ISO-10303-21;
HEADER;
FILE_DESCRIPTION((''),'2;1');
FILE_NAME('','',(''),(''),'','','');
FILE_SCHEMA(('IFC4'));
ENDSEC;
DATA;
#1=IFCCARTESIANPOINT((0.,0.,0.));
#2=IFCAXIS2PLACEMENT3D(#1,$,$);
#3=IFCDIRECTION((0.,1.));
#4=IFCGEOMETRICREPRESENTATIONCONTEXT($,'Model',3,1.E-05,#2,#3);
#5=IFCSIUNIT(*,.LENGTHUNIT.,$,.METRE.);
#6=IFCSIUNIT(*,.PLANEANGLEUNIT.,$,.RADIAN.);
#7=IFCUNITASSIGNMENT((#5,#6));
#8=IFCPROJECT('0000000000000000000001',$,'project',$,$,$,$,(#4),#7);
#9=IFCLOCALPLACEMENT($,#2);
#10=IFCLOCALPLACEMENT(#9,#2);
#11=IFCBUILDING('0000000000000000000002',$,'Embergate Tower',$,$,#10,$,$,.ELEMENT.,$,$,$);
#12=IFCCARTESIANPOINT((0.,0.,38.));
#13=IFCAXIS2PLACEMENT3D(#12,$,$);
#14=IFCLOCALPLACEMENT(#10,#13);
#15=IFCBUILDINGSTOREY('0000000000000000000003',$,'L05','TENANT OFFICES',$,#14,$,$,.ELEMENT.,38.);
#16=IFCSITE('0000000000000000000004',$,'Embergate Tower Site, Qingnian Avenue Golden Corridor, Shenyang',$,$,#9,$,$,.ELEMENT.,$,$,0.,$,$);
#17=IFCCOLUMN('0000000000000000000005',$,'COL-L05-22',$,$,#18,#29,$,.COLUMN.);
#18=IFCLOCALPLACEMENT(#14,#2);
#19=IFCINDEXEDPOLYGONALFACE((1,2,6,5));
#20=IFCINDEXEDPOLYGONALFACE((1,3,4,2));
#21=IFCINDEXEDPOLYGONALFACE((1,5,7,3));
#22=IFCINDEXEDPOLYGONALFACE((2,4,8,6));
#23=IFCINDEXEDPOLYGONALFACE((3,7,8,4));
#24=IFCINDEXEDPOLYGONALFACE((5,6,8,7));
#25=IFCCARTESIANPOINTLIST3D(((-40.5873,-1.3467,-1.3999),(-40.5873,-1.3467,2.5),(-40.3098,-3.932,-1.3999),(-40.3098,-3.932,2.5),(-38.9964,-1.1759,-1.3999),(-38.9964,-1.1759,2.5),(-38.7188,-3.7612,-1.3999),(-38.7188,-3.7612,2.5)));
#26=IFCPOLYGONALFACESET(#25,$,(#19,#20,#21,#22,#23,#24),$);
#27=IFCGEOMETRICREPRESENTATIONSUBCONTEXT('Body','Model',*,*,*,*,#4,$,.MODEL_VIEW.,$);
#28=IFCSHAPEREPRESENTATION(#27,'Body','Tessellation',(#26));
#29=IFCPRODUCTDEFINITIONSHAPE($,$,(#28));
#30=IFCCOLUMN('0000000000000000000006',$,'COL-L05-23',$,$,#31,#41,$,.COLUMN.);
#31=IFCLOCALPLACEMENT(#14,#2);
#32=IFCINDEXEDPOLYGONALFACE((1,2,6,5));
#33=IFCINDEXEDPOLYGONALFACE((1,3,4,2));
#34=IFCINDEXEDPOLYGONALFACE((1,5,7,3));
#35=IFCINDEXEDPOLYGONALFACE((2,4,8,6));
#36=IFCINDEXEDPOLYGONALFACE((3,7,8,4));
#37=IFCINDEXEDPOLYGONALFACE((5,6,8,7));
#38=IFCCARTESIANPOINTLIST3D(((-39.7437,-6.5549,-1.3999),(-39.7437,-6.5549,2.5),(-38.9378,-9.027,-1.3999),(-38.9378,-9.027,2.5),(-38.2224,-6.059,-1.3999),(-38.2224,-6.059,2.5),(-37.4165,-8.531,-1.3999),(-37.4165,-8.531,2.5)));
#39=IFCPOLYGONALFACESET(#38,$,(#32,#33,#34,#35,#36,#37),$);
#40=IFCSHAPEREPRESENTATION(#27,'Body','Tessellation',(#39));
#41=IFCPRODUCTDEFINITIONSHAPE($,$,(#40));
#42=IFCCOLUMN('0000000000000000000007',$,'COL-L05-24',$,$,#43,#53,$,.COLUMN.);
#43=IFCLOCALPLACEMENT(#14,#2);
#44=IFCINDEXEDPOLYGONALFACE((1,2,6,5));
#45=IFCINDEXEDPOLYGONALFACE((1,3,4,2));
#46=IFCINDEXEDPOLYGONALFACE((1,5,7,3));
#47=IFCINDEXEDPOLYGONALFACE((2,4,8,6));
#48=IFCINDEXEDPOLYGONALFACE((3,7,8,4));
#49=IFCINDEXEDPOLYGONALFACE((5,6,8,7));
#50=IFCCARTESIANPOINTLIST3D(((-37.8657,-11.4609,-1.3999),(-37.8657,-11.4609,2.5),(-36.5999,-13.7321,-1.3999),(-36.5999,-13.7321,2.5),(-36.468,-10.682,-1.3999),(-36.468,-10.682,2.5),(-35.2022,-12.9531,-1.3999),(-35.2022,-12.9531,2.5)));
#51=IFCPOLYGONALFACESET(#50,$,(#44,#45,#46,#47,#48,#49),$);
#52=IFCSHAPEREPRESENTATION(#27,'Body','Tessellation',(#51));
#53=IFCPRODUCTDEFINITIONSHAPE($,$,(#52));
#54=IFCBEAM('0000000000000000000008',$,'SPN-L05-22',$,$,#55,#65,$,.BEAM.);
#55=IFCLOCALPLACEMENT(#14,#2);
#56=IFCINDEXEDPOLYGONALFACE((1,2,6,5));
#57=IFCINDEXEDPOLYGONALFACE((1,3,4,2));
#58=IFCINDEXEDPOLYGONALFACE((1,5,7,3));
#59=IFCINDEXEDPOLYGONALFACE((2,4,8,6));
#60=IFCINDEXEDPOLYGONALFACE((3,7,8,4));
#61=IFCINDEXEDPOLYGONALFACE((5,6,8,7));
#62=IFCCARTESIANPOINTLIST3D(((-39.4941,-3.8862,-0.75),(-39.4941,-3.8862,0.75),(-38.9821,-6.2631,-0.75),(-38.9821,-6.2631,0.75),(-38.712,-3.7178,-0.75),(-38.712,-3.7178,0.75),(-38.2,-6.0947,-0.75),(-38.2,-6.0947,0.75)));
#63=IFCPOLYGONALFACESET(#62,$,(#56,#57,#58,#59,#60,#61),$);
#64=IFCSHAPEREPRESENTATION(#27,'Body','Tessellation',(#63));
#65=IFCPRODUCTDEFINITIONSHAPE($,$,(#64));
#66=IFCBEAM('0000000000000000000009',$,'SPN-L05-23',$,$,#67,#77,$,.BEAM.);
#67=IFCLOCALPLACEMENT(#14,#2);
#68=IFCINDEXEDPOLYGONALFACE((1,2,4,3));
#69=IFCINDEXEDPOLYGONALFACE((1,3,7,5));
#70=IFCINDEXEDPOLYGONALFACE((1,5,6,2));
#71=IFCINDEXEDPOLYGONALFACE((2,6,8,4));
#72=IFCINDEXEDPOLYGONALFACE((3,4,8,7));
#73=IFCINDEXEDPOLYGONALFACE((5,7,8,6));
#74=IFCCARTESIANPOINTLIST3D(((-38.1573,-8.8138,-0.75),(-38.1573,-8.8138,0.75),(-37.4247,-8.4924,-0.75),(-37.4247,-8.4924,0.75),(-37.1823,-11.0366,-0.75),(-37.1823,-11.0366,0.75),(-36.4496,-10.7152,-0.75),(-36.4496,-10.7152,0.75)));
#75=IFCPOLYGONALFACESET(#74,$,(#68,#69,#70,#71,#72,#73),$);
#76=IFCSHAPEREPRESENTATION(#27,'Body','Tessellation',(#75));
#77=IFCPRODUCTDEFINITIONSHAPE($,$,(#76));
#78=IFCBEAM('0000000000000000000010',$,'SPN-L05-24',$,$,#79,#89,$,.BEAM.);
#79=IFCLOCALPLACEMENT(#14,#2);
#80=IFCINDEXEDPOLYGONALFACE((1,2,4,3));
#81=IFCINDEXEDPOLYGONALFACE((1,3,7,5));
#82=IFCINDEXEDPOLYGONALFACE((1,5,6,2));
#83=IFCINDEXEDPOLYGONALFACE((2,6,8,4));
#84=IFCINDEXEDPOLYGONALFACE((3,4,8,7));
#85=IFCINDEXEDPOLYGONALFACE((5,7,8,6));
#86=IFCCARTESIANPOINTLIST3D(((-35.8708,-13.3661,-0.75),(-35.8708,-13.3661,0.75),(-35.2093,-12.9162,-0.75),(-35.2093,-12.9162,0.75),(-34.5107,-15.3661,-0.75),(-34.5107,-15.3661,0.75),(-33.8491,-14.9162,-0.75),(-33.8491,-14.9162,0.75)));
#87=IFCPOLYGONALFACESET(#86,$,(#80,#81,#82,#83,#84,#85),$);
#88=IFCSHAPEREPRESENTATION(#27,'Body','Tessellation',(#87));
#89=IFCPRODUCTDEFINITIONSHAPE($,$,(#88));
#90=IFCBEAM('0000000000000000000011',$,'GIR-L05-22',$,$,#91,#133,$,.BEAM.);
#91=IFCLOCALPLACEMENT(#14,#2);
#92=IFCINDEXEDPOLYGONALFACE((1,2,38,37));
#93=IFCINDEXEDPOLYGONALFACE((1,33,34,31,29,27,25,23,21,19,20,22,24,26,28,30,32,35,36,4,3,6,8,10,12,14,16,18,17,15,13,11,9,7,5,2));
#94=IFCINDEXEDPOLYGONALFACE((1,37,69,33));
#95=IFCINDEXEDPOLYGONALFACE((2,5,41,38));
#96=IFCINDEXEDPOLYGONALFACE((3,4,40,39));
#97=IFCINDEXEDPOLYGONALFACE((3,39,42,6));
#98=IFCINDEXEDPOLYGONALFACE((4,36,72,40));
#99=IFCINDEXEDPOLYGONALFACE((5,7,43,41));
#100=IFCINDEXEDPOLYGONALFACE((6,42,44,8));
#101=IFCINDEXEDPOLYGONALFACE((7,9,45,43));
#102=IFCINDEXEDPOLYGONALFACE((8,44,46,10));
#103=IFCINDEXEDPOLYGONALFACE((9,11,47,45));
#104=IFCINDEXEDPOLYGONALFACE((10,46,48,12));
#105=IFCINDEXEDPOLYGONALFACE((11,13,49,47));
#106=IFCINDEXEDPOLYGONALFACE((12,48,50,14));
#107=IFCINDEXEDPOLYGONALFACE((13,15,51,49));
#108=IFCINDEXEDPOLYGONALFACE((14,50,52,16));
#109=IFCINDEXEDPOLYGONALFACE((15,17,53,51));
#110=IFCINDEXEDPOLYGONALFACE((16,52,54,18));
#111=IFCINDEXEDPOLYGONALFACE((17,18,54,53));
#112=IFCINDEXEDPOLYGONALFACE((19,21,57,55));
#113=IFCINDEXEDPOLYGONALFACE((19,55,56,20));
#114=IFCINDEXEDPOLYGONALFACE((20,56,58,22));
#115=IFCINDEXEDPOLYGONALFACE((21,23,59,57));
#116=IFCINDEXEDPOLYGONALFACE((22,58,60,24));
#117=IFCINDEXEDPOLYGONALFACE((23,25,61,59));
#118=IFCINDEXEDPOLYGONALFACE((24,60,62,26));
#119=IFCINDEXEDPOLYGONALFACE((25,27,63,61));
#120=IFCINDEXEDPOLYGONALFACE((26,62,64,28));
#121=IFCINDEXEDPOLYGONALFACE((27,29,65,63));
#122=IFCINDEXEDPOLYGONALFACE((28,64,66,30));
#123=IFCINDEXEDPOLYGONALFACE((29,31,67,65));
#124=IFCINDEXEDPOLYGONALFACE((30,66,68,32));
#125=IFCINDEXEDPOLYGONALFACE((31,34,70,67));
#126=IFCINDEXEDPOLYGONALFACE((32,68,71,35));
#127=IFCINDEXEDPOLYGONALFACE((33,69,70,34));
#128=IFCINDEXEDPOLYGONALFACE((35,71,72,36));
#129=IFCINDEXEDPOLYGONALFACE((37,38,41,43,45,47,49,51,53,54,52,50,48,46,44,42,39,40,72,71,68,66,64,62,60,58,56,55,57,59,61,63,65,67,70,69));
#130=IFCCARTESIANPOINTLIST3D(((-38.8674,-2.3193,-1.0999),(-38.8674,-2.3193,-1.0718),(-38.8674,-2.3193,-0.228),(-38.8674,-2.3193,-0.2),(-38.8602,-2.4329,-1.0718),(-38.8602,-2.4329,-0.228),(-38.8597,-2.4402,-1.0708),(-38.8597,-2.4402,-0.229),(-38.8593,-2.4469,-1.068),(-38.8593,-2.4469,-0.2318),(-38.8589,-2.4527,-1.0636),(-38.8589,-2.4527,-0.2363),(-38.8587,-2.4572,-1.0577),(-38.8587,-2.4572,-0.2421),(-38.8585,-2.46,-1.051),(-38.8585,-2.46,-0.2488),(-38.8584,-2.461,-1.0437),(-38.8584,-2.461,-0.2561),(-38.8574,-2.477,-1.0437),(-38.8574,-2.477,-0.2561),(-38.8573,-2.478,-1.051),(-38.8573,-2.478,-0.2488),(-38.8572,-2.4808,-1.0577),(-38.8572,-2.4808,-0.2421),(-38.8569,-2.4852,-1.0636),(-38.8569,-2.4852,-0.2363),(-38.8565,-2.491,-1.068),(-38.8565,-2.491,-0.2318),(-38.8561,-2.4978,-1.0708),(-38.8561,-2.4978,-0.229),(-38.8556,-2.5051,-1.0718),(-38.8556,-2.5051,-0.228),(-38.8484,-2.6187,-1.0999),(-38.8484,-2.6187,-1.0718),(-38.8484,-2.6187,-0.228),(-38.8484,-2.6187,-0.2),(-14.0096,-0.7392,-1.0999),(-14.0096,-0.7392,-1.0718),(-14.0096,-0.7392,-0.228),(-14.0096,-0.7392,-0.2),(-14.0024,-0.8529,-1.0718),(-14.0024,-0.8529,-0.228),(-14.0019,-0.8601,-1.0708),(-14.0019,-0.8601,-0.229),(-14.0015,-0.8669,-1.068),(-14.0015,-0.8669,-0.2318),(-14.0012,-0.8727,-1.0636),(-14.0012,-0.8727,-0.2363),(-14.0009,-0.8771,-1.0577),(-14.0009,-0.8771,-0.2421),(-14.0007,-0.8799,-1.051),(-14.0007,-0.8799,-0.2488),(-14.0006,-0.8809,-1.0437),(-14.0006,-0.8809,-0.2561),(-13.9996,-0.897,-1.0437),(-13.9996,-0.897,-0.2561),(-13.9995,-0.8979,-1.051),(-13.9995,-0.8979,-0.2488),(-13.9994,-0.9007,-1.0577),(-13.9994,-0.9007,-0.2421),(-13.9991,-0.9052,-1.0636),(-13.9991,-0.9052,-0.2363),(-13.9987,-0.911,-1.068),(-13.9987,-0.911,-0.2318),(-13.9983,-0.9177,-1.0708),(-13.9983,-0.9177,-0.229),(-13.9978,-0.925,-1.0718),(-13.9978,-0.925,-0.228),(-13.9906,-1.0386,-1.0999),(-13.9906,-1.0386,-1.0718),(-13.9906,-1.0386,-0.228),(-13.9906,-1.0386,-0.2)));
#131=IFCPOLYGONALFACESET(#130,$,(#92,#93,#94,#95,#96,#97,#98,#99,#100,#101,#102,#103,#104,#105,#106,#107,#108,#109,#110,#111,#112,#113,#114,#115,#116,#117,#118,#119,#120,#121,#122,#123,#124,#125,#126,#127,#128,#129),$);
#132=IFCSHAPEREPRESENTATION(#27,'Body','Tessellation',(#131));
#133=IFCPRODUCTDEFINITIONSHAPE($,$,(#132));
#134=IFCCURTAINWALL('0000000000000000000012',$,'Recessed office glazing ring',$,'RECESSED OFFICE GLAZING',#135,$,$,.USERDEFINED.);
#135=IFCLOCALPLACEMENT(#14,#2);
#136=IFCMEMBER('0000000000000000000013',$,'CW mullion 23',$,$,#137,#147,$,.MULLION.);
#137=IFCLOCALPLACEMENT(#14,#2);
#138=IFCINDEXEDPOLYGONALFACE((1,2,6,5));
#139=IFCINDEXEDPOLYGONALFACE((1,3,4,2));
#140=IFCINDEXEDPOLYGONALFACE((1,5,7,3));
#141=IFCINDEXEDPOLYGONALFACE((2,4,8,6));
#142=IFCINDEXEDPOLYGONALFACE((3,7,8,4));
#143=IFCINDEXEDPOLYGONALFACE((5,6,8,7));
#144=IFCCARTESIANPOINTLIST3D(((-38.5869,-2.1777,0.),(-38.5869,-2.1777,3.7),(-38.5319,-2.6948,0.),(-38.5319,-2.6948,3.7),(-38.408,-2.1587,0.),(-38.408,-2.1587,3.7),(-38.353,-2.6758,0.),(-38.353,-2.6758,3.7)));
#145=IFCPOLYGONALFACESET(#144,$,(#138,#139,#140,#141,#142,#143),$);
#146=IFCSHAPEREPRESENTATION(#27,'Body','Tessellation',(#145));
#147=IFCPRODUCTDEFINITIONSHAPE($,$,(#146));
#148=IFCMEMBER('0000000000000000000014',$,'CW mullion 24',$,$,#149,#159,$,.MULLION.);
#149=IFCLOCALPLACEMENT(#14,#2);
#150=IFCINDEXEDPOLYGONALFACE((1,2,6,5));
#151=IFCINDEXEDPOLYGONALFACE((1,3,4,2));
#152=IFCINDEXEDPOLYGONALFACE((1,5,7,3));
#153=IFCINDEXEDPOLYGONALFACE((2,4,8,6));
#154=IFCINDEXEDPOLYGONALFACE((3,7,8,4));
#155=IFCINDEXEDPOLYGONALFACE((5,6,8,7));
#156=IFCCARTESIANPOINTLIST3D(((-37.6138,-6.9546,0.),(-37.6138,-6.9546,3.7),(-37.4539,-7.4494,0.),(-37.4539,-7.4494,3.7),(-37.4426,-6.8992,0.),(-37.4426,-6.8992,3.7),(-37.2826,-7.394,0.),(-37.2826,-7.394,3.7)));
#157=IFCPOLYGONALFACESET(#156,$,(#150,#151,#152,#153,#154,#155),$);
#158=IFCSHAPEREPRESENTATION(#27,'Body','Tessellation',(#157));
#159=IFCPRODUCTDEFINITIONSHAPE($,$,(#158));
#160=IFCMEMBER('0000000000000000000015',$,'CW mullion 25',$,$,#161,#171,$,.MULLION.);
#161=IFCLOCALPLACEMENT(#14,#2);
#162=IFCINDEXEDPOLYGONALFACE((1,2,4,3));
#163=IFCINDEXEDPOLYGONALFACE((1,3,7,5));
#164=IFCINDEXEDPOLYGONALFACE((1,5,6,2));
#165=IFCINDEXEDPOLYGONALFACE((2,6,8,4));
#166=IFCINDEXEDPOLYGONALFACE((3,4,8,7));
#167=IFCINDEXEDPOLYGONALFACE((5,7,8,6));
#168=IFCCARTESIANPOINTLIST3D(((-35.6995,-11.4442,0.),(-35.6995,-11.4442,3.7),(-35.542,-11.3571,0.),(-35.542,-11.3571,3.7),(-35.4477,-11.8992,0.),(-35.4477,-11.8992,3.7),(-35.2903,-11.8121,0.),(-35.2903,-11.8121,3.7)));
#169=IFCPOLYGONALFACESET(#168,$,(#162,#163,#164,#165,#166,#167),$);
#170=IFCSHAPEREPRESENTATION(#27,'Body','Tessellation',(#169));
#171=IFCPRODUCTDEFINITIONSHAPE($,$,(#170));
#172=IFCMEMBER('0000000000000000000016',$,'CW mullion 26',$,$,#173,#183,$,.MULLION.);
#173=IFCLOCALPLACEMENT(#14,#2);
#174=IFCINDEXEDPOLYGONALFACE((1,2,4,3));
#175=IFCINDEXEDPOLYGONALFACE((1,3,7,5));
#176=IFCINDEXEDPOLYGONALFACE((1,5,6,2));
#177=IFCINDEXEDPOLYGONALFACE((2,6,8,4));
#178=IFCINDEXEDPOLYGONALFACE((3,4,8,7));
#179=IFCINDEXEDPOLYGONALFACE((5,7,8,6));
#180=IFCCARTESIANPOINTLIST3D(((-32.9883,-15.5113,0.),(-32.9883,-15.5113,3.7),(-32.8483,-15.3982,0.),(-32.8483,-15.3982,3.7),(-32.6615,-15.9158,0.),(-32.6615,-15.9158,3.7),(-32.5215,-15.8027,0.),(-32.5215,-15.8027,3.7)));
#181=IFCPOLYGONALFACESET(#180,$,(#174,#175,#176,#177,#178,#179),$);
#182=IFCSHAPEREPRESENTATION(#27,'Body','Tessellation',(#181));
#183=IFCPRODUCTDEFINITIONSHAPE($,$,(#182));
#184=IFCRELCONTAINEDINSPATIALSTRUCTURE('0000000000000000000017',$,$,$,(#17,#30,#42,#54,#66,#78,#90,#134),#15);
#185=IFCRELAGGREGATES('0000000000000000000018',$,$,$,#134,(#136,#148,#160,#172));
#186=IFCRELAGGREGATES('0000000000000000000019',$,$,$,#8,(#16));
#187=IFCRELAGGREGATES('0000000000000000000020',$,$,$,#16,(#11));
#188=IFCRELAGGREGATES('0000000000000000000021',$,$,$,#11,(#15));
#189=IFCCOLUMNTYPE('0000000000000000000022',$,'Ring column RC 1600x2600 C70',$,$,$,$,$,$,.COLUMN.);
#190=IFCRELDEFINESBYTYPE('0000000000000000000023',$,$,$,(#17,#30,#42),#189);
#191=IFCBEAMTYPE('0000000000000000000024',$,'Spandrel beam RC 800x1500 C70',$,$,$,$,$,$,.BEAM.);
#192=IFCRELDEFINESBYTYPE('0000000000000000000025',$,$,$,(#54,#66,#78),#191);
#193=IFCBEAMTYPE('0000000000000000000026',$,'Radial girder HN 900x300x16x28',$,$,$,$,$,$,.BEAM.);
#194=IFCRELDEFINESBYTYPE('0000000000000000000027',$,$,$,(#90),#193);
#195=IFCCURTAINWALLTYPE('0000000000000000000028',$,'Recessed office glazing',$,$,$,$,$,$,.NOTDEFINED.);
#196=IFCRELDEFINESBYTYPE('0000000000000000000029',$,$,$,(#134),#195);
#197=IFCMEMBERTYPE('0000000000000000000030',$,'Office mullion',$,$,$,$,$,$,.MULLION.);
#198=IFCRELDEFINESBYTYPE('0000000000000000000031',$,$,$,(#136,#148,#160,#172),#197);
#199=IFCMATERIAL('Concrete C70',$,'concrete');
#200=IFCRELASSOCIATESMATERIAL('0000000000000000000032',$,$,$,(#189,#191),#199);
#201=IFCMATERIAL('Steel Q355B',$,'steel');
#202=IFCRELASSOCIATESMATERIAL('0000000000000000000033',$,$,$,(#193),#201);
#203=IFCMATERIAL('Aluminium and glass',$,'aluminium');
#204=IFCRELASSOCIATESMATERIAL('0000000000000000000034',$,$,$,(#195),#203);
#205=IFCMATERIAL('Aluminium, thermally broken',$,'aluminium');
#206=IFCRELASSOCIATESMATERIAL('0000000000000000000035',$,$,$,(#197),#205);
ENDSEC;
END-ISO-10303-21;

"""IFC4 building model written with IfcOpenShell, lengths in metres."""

from ifc_helpers import new_model, si_unit, direction, frame, origin, origin_2d, place, context, subcontext, project, spatial, rectangle, i_section, extrude, source, transform, mapped, material, material_profile, profile_set, type_object, element, aggregate, save


model = new_model("IFC4")

# Units and contexts
model_context = context("Model", 3, precision=1e-05, world=origin(), true_north=direction((0.0, 1.0)))
body_context = subcontext(model_context, "Body", "Model", "MODEL_VIEW")
ifc_project = project(units=[si_unit("LENGTHUNIT", "METRE"), si_unit("PLANEANGLEUNIT", "RADIAN")], contexts=[model_context])

# Site, building, storey
site_placement = place(None, origin())
site = spatial("IfcSite", under=ifc_project, at=site_placement, Name="Embergate Tower Site, Qingnian Avenue Golden Corridor, Shenyang", CompositionType="ELEMENT", RefElevation=0.0)
building_placement = place(site_placement, origin())
building = spatial("IfcBuilding", under=site, at=building_placement, Name="Embergate Tower", CompositionType="ELEMENT")
storey_placement = place(building_placement, frame((0.0, 0.0, 38.0)))
storey = spatial("IfcBuildingStorey", under=building, at=storey_placement, Name="L05", Description="TENANT OFFICES", CompositionType="ELEMENT", Elevation=38.0)

# Columns
ifc_material_1 = material(Name="Concrete C70", Category="concrete")
ifc_material_profile_1 = material_profile(ifc_material_1, rectangle(XDim=1.6001, YDim=2.6001, at=origin_2d()), Name="RC 1600x2600")
ifc_profile_set_1 = profile_set([ifc_material_profile_1], Name="Concrete C70")
column_type = type_object("IfcColumnType", Name="Ring column RC 1600x2600 C70", PredefinedType="COLUMN", material=ifc_profile_set_1)
shared_shape_1 = source(origin(), body_context, "Body", "SweptSolid", [
    extrude(rectangle(XDim=1.6001, YDim=2.6001, at=origin_2d()), origin(), (0.0, 0.0, 1.0), 3.8999),
])
for number, where, z_axis, x_axis, name in (
    (1, (-39.6531, -2.554, -1.3999), (0.0, 0.0, 1.0), (-0.994286, -0.10675, 0.0), "COL-L05-22"),
    (2, (-38.5801, -7.543, -1.3999), (0.0, 0.0, 1.0), (-0.950754, -0.309946, 0.0), "COL-L05-23"),
    (3, (-36.5339, -12.207, -1.3999), (0.0, 0.0, 1.0), (-0.873492, -0.486839, 0.0), "COL-L05-24"),
):
    element("IfcColumn", number, at=place(storey_placement, frame(where, z_axis=z_axis, x_axis=x_axis)), inside=storey, type_object=column_type, Name=name, PredefinedType="COLUMN", context=body_context, shape_type="MappedRepresentation", body=[
        mapped(shared_shape_1, transform((0.0, 0.0, 0.0))),
    ])

# Beams
ifc_material_profile_2 = material_profile(ifc_material_1, rectangle(XDim=0.8, YDim=1.5, at=origin_2d()), Name="RC 800x1500")
ifc_profile_set_2 = profile_set([ifc_material_profile_2], Name="Concrete C70")
beam_type_1 = type_object("IfcBeamType", Name="Spandrel beam RC 800x1500 C70", PredefinedType="BEAM", material=ifc_profile_set_2)
shared_shape_2 = source(origin(), body_context, "Body", "SweptSolid", [
    extrude(rectangle(XDim=0.8, YDim=1.5, at=origin_2d()), origin(), (0.0, 0.0, 1.0), 2.4314),
])
beam_1_placement = place(storey_placement, frame((-39.103, -3.802, 0.0), z_axis=(0.210558, -0.977581, 0.0), x_axis=(0.977581, 0.210558, 0.0)))
element("IfcBeam", 4, at=beam_1_placement, inside=storey, type_object=beam_type_1, Name="SPN-L05-22", PredefinedType="BEAM", context=body_context, shape_type="MappedRepresentation", body=[
    mapped(shared_shape_2, transform((0.0, 0.0, 0.0))),
])
shared_shape_3 = source(origin(), body_context, "Body", "SweptSolid", [
    extrude(rectangle(XDim=0.8, YDim=1.5, at=origin_2d()), origin(), (0.0, 0.0, 1.0), 2.4272),
])
beam_2_placement = place(storey_placement, frame((-37.791, -8.6531, 0.0), z_axis=(0.40171, -0.915767, 0.0), x_axis=(0.915767, 0.40171, 0.0)))
element("IfcBeam", 5, at=beam_2_placement, inside=storey, type_object=beam_type_1, Name="SPN-L05-23", PredefinedType="BEAM", context=body_context, shape_type="MappedRepresentation", body=[
    mapped(shared_shape_3, transform((0.0, 0.0, 0.0))),
])
shared_shape_4 = source(origin(), body_context, "Body", "SweptSolid", [
    extrude(rectangle(XDim=0.8, YDim=1.5, at=origin_2d()), origin(), (0.0, 0.0, 1.0), 2.4187),
])
beam_3_placement = place(storey_placement, frame((-35.54, -13.1411, 0.0), z_axis=(0.56234, -0.826906, 0.0), x_axis=(0.826906, 0.56234, 0.0)))
element("IfcBeam", 6, at=beam_3_placement, inside=storey, type_object=beam_type_1, Name="SPN-L05-24", PredefinedType="BEAM", context=body_context, shape_type="MappedRepresentation", body=[
    mapped(shared_shape_4, transform((0.0, 0.0, 0.0))),
])
ifc_material_2 = material(Name="Steel Q355B", Category="steel")
ifc_material_profile_3 = material_profile(ifc_material_2, i_section(OverallWidth=0.3, OverallDepth=0.8999, WebThickness=0.0161, FlangeThickness=0.0281, FilletRadius=0.0281, at=origin_2d()), Name="HN 900x300x16x28")
ifc_profile_set_3 = profile_set([ifc_material_profile_3], Name="Steel Q355 grade B")
beam_type_2 = type_object("IfcBeamType", Name="Radial girder HN 900x300x16x28", PredefinedType="BEAM", material=ifc_profile_set_3)
shared_shape_5 = source(origin(), body_context, "Body", "SweptSolid", [
    extrude(i_section(OverallWidth=0.3, OverallDepth=0.8999, WebThickness=0.0161, FlangeThickness=0.0281, FilletRadius=0.0281, at=origin_2d()), origin(), (0.0, 0.0, 1.0), 24.908),
])
beam_4_placement = place(storey_placement, frame((-38.8579, -2.469, -0.6499), z_axis=(0.997986, 0.063436, 0.0), x_axis=(-0.063436, 0.997986, 0.0)))
element("IfcBeam", 7, at=beam_4_placement, inside=storey, type_object=beam_type_2, Name="GIR-L05-22", PredefinedType="BEAM", context=body_context, shape_type="MappedRepresentation", body=[
    mapped(shared_shape_5, transform((0.0, 0.0, 0.0))),
])

# Curtain wall, members
ifc_material_3 = material(Name="Aluminium and glass", Category="aluminium")
curtain_wall_type = type_object("IfcCurtainWallType", Name="Recessed office glazing", PredefinedType="NOTDEFINED", material=ifc_material_3)
curtain_wall_placement = place(storey_placement, origin())
curtain_wall = element("IfcCurtainWall", 8, at=curtain_wall_placement, inside=storey, type_object=curtain_wall_type, Name="Recessed office glazing ring", ObjectType="RECESSED OFFICE GLAZING", PredefinedType="USERDEFINED")
ifc_material_4 = material(Name="Aluminium, thermally broken", Category="aluminium")
ifc_material_profile_4 = material_profile(ifc_material_4, rectangle(XDim=0.1799, YDim=0.52, at=origin_2d()), Name="AL 520x180")
ifc_profile_set_4 = profile_set([ifc_material_profile_4], Name="Aluminium, thermally broken")
member_type_1 = type_object("IfcMemberType", Name="Office mullion", PredefinedType="MULLION", material=ifc_profile_set_4)
shared_shape_6 = source(origin(), body_context, "Body", "SweptSolid", [
    extrude(rectangle(XDim=0.1799, YDim=0.52, at=origin_2d()), origin(), (0.0, 0.0, 1.0), 3.7),
])
member_1_placement = place(storey_placement, frame((-38.47, -2.4268, 0.0), z_axis=(0.0, 0.0, 1.0), x_axis=(0.994385, 0.105823, 0.0)))
member_1 = element("IfcMember", 9, at=member_1_placement, type_object=member_type_1, Name="CW mullion 23", PredefinedType="MULLION", context=body_context, shape_type="MappedRepresentation", body=[
    mapped(shared_shape_6, transform((0.0, 0.0, 0.0))),
])
member_2_placement = place(storey_placement, frame((-37.4482, -7.1743, 0.0), z_axis=(0.0, 0.0, 1.0), x_axis=(0.951499, 0.307652, 0.0)))
member_2 = element("IfcMember", 10, at=member_2_placement, type_object=member_type_1, Name="CW mullion 24", PredefinedType="MULLION", context=body_context, shape_type="MappedRepresentation", body=[
    mapped(shared_shape_6, transform((0.0, 0.0, 0.0))),
])
member_3_placement = place(storey_placement, frame((-35.4949, -11.6282, 0.0), z_axis=(0.0, 0.0, 1.0), x_axis=(0.875003, 0.484118, 0.0)))
member_3 = element("IfcMember", 11, at=member_3_placement, type_object=member_type_1, Name="CW mullion 25", PredefinedType="MULLION", context=body_context, shape_type="MappedRepresentation", body=[
    mapped(shared_shape_6, transform((0.0, 0.0, 0.0))),
])
member_4_placement = place(storey_placement, frame((-32.7549, -15.657, 0.0), z_axis=(0.0, 0.0, 1.0), x_axis=(0.777874, 0.628421, 0.0)))
member_4 = element("IfcMember", 12, at=member_4_placement, type_object=member_type_1, Name="CW mullion 26", PredefinedType="MULLION", context=body_context, shape_type="MappedRepresentation", body=[
    mapped(shared_shape_6, transform((0.0, 0.0, 0.0))),
])
aggregate(curtain_wall, [member_1, member_2, member_3, member_4])

save(model, "model.ifc")
